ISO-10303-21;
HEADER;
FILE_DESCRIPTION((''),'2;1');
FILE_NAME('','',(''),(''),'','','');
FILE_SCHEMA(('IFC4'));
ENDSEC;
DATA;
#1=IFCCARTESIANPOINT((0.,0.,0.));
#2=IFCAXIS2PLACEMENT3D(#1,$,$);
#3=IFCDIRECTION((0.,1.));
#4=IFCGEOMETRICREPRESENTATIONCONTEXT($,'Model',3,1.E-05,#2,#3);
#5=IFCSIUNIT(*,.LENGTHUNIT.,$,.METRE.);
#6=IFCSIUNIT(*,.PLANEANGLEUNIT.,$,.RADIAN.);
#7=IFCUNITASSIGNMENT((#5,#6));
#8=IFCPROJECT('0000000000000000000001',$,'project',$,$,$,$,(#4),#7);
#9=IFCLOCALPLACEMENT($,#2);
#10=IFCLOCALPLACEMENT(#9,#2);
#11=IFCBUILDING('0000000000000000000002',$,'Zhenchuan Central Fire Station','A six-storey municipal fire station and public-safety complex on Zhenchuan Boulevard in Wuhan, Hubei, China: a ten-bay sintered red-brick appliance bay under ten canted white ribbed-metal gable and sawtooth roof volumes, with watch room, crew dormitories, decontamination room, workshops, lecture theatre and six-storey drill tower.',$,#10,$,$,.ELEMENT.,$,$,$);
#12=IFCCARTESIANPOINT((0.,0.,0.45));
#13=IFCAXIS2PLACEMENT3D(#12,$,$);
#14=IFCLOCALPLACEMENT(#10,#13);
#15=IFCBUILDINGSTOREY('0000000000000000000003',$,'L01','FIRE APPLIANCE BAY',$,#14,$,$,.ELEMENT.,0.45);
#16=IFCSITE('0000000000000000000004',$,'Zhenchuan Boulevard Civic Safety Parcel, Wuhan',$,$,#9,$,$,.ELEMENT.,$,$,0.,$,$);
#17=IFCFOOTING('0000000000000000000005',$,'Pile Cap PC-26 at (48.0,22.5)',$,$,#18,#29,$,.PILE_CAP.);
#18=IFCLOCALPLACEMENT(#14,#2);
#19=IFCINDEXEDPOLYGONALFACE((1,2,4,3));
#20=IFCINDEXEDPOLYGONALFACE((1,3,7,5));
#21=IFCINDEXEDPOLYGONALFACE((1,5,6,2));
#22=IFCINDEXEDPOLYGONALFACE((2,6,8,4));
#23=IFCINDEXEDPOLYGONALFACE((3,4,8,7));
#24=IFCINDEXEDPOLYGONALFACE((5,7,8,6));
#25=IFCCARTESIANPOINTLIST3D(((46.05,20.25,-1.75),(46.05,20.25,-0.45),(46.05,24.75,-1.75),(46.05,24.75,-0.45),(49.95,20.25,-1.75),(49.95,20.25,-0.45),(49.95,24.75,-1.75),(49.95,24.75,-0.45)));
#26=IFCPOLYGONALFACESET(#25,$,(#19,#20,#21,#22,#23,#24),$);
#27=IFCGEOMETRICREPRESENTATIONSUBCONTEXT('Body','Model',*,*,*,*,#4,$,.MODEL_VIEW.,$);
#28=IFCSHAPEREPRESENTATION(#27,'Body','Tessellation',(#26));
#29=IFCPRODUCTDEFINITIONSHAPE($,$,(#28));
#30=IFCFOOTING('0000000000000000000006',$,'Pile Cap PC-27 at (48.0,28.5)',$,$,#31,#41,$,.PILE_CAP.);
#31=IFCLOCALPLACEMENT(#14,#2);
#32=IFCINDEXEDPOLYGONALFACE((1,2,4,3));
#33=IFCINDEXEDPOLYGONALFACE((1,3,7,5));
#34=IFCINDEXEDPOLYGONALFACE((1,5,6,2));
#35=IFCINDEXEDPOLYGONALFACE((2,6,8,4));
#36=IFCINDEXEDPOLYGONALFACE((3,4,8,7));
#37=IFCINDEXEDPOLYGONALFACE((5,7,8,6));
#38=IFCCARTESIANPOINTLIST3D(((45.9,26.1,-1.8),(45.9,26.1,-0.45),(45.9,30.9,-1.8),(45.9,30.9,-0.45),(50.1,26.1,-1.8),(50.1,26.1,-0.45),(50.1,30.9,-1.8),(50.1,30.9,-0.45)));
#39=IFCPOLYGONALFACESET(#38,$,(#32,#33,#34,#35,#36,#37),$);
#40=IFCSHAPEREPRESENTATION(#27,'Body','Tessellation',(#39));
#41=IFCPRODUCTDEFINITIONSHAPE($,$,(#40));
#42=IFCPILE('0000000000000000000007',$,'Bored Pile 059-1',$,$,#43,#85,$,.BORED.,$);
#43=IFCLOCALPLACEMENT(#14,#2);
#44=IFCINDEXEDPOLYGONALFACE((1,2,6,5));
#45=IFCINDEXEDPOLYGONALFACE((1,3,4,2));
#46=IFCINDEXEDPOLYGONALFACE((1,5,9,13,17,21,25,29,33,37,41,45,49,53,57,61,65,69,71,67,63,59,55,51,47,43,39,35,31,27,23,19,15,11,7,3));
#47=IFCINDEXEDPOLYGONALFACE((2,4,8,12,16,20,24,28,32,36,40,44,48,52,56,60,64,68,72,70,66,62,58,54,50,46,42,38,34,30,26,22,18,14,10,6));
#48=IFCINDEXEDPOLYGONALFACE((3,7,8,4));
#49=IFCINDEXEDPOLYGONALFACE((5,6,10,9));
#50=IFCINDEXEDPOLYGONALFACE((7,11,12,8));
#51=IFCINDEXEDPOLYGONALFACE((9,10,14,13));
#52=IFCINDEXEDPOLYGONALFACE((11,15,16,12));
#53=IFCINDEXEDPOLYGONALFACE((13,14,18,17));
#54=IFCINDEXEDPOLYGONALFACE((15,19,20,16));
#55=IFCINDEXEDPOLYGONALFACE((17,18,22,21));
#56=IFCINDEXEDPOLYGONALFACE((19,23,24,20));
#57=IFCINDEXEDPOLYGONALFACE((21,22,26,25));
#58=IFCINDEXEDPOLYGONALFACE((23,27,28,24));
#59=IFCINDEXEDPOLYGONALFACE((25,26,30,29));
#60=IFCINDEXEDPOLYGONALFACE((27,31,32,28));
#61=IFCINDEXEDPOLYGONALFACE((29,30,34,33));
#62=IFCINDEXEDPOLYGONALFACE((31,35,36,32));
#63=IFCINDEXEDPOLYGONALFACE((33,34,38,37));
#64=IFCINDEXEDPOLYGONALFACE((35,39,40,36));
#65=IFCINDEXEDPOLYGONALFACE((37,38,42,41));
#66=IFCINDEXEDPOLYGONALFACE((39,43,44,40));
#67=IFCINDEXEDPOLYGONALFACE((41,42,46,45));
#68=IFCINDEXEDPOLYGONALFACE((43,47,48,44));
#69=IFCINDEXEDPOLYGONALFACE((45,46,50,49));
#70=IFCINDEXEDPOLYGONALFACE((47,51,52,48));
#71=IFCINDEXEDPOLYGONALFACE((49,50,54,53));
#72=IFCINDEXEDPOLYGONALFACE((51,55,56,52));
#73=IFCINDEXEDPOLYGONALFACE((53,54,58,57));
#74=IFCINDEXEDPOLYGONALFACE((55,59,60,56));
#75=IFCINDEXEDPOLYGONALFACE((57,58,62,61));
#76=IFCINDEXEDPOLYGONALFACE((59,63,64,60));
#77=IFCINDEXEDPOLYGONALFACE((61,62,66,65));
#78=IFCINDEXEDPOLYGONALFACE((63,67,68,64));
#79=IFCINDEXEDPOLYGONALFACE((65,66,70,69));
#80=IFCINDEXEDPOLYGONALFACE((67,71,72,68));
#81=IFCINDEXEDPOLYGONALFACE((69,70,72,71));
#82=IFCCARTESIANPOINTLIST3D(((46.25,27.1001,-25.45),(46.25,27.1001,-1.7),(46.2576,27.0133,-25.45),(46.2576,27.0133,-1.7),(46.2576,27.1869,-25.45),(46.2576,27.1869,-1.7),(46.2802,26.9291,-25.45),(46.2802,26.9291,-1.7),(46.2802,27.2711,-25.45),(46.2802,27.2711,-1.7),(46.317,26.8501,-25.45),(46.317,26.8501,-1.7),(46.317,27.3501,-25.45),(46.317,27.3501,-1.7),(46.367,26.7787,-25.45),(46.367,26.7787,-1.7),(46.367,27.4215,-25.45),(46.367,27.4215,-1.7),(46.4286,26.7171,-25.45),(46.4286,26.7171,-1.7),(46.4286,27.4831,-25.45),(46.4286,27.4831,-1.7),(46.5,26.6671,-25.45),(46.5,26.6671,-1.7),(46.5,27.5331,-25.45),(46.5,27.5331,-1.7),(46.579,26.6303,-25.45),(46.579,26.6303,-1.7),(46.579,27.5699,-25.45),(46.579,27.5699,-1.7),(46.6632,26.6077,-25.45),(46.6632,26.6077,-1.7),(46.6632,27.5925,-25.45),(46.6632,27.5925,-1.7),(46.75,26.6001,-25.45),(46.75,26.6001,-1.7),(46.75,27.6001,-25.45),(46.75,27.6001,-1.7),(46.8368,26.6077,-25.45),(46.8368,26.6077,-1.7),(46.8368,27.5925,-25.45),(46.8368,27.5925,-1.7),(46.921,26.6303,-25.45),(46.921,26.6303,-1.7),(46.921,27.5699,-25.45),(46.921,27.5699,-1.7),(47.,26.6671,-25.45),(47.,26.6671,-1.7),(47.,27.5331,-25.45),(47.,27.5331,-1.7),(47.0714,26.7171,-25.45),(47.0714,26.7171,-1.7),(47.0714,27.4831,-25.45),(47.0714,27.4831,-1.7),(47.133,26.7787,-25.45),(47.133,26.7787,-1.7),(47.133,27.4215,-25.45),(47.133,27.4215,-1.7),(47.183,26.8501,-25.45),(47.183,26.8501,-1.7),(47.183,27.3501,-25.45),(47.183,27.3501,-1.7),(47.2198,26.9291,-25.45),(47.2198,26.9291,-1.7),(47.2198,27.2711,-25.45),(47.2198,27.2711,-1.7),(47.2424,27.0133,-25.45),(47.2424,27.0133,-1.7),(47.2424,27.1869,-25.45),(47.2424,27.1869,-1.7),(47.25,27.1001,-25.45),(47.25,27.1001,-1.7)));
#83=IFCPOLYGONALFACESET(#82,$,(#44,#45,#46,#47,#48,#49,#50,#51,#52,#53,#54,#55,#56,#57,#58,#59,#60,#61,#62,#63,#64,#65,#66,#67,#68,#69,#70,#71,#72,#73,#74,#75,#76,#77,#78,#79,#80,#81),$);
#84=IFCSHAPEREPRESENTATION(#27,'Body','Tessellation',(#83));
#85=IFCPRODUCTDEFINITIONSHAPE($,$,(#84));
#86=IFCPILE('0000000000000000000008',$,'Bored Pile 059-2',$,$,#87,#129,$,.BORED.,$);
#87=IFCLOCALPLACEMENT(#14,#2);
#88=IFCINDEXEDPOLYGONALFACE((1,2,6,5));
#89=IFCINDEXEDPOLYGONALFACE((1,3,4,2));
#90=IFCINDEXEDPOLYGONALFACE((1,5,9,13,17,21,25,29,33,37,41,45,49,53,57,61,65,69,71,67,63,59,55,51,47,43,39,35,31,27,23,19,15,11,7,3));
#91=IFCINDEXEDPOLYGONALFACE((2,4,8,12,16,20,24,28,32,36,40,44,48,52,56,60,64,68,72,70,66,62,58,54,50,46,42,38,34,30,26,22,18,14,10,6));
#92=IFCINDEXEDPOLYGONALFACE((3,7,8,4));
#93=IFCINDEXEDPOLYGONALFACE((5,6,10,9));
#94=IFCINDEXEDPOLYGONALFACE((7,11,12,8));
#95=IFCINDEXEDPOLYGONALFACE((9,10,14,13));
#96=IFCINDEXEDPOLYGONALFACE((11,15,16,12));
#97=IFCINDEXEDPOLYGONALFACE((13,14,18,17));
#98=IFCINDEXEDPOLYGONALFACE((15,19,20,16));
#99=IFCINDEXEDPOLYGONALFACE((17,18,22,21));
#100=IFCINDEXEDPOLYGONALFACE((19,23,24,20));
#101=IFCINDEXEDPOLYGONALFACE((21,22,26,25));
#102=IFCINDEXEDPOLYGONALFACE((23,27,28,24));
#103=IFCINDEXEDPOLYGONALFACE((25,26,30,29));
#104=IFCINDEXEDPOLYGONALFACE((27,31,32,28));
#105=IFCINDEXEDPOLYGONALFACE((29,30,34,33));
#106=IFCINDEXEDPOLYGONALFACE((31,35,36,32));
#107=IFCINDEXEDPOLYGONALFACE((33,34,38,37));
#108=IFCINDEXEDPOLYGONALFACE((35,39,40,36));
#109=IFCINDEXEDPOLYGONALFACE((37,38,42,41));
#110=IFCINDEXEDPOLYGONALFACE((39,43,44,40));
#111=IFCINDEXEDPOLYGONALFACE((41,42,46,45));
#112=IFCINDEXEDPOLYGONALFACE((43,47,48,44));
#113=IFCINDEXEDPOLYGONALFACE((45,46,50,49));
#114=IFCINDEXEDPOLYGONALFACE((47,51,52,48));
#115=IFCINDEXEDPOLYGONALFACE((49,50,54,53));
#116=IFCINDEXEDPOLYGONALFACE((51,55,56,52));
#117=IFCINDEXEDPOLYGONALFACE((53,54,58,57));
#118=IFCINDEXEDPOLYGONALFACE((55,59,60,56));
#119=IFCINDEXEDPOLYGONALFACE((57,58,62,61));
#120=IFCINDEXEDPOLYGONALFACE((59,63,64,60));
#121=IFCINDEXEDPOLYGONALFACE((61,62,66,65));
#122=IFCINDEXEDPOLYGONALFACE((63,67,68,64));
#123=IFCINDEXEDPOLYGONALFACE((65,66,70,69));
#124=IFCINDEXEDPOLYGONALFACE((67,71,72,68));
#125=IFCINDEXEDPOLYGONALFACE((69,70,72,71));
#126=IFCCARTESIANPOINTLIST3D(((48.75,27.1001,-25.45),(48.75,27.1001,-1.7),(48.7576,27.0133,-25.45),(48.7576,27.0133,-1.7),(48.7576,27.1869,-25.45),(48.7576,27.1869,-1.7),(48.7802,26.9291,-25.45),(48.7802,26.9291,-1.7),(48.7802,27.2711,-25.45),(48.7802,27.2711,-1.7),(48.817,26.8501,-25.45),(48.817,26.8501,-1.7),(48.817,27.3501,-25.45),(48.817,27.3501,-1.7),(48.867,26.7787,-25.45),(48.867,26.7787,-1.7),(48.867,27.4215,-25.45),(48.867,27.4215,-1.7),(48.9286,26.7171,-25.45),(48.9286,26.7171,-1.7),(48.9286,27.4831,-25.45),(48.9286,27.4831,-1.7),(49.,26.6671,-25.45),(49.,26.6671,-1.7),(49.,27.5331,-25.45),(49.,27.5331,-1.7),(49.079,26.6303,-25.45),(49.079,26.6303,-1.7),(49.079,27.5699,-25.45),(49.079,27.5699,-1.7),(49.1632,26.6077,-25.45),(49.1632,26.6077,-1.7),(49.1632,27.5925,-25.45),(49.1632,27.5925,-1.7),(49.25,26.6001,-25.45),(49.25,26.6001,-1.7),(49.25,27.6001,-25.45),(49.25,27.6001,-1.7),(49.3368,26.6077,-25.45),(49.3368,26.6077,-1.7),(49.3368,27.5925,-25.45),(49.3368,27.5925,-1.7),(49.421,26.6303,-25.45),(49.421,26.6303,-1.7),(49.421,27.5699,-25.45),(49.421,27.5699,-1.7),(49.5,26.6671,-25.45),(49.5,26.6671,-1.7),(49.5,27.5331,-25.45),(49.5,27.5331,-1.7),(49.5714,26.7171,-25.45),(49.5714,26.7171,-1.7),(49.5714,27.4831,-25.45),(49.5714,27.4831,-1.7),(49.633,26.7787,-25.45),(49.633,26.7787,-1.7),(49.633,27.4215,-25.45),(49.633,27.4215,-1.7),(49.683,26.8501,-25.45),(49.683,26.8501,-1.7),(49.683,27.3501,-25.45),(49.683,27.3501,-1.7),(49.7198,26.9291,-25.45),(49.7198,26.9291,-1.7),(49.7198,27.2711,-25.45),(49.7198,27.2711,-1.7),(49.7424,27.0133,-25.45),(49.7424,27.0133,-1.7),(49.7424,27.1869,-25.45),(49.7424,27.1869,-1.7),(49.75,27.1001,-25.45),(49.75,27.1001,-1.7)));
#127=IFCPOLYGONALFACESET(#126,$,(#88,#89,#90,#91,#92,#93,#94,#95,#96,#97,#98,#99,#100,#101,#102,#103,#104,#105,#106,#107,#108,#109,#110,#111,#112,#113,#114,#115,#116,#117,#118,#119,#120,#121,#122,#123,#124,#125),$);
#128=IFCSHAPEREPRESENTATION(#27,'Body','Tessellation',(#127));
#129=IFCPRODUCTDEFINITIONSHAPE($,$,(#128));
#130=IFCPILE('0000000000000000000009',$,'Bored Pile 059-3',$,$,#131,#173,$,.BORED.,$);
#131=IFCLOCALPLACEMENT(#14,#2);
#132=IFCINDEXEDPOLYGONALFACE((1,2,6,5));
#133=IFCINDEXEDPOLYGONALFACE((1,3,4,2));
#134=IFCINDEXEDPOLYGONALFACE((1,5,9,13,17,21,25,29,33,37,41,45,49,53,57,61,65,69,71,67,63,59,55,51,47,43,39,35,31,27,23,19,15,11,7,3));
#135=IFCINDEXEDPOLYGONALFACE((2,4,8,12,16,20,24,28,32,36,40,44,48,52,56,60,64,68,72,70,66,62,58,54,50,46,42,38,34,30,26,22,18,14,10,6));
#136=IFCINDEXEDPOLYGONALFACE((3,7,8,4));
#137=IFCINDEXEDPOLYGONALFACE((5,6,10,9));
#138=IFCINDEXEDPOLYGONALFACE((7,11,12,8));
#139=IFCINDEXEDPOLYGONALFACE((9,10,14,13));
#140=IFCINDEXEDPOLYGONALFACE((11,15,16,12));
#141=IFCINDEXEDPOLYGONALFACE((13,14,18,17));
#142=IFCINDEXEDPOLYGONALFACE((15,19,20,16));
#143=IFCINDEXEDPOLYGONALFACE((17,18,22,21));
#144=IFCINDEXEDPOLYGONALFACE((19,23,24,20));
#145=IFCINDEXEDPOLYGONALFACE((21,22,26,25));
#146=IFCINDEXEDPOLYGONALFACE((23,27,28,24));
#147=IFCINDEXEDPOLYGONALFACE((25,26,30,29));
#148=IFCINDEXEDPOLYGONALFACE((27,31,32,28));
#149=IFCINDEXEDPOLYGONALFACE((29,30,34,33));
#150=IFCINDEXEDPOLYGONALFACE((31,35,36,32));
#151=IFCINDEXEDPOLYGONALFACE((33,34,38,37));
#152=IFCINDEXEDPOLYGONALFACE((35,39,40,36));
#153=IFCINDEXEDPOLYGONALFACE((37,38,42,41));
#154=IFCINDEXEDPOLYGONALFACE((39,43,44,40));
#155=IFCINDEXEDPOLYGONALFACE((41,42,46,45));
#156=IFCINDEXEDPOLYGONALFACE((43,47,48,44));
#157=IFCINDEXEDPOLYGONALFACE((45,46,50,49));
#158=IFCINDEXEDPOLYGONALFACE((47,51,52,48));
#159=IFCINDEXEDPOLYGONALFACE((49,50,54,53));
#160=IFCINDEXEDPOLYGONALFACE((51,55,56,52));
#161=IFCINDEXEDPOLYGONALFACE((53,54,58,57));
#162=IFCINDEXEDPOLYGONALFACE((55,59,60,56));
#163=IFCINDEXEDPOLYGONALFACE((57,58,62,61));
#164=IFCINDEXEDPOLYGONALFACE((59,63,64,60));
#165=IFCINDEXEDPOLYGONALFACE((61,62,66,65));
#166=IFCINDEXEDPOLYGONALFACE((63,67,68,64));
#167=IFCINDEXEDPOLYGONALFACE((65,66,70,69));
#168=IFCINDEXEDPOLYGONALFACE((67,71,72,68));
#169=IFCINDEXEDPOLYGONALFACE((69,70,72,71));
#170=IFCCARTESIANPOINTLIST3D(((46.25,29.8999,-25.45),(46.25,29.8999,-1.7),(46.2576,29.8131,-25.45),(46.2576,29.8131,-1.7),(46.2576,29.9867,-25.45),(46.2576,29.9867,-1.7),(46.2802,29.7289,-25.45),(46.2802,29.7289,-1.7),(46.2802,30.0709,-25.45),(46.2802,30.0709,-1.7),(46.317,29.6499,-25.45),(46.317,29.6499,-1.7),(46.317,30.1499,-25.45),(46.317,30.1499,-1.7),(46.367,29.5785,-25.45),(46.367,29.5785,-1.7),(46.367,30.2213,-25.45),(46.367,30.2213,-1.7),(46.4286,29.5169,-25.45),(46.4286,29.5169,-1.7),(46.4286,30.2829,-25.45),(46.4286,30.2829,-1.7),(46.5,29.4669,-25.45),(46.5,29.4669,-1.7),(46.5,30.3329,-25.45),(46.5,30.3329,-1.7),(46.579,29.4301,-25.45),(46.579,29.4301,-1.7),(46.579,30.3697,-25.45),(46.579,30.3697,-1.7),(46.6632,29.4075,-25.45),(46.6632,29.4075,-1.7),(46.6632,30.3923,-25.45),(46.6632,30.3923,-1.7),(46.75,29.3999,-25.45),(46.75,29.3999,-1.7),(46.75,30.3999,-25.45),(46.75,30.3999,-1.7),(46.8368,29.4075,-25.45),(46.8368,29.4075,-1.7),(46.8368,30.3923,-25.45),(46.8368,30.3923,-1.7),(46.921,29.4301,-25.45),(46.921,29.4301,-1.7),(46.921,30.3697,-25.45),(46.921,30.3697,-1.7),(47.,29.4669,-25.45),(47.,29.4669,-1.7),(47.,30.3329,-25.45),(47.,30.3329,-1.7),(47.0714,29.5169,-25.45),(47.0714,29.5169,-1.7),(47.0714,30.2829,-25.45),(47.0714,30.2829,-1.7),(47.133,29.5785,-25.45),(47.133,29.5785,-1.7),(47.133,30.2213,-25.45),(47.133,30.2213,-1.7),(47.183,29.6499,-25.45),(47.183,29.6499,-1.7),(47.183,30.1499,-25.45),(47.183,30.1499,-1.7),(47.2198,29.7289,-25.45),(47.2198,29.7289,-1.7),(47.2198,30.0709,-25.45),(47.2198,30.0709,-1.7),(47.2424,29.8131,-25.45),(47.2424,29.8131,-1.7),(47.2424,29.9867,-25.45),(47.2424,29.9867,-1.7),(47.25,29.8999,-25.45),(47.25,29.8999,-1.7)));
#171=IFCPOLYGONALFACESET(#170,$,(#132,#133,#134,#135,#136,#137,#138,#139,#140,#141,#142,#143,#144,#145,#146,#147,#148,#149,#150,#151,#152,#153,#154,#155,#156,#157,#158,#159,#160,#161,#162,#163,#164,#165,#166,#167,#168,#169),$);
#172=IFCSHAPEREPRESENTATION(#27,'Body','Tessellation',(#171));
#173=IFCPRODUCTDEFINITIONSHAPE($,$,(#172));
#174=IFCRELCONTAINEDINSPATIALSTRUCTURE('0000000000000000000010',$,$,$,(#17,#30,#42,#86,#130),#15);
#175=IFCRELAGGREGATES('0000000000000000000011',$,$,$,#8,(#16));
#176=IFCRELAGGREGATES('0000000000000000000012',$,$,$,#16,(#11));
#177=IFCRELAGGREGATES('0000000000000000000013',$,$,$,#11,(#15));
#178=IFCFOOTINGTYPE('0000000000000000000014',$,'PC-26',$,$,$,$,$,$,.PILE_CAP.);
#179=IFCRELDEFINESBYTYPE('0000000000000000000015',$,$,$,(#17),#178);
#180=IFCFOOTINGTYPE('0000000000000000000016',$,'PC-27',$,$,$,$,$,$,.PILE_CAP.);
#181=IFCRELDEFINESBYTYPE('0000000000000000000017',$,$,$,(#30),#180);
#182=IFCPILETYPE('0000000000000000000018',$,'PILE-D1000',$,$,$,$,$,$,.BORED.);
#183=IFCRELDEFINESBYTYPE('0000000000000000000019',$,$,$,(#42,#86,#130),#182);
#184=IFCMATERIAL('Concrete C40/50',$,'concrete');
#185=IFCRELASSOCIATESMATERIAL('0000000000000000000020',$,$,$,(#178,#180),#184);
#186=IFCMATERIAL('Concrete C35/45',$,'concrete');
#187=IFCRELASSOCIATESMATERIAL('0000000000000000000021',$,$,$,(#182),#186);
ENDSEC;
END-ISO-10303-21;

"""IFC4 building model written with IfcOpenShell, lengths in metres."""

from ifc_helpers import new_model, si_unit, direction, frame, origin, origin_2d, place, context, subcontext, project, spatial, rectangle, circle, extrude, material, material_profile, profile_set, type_object, element, save


model = new_model("IFC4")

# Units and contexts
model_context = context("Model", 3, precision=1e-05, world=origin(), true_north=direction((0.0, 1.0)))
body_context = subcontext(model_context, "Body", "Model", "MODEL_VIEW")
ifc_project = project(units=[si_unit("LENGTHUNIT", "METRE"), si_unit("PLANEANGLEUNIT", "RADIAN")], contexts=[model_context])

# Site, building, storey
site_placement = place(None, origin())
site = spatial("IfcSite", under=ifc_project, at=site_placement, Name="Zhenchuan Boulevard Civic Safety Parcel, Wuhan", CompositionType="ELEMENT", RefElevation=0.0)
building_placement = place(site_placement, origin())
building = spatial("IfcBuilding", under=site, at=building_placement, Name="Zhenchuan Central Fire Station", Description="A six-storey municipal fire station and public-safety complex on Zhenchuan Boulevard in Wuhan, Hubei, China: a ten-bay sintered red-brick appliance bay under ten canted white ribbed-metal gable and sawtooth roof volumes, with watch room, crew dormitories, decontamination room, workshops, lecture theatre and six-storey drill tower.", CompositionType="ELEMENT")
storey_placement = place(building_placement, frame((0.0, 0.0, 0.45)))
storey = spatial("IfcBuildingStorey", under=building, at=storey_placement, Name="L01", Description="FIRE APPLIANCE BAY", CompositionType="ELEMENT", Elevation=0.45)

# Footings
ifc_material_1 = material(Name="Concrete C40/50", Category="concrete")
footing_type_1 = type_object("IfcFootingType", Name="PC-26", PredefinedType="PILE_CAP", material=ifc_material_1)
footing_1_placement = place(storey_placement, frame((48.0, 22.5, -1.75), z_axis=(0.0, 0.0, 1.0), x_axis=(1.0, 0.0, 0.0)))
element("IfcFooting", 1, at=footing_1_placement, inside=storey, type_object=footing_type_1, Name="Pile Cap PC-26 at (48.0,22.5)", PredefinedType="PILE_CAP", context=body_context, shape_type="SweptSolid", body=[
    extrude(rectangle(XDim=3.8999, YDim=4.5, at=origin_2d()), origin(), (0.0, 0.0, 1.0), 1.3),
])
footing_type_2 = type_object("IfcFootingType", Name="PC-27", PredefinedType="PILE_CAP", material=ifc_material_1)
footing_2_placement = place(storey_placement, frame((48.0, 28.5, -1.8), z_axis=(0.0, 0.0, 1.0), x_axis=(1.0, 0.0, 0.0)))
element("IfcFooting", 2, at=footing_2_placement, inside=storey, type_object=footing_type_2, Name="Pile Cap PC-27 at (48.0,28.5)", PredefinedType="PILE_CAP", context=body_context, shape_type="SweptSolid", body=[
    extrude(rectangle(XDim=4.2, YDim=4.8, at=origin_2d()), origin(), (0.0, 0.0, 1.0), 1.3501),
])

# Piles
ifc_material_2 = material(Name="Concrete C35/45", Category="concrete")
ifc_material_profile_1 = material_profile(ifc_material_2, circle(Radius=0.5, at=origin_2d()), Name="PILE D1000")
ifc_profile_set_1 = profile_set([ifc_material_profile_1], Name="Concrete C35/45")
pile_type_1 = type_object("IfcPileType", Name="PILE-D1000", PredefinedType="BORED", material=ifc_profile_set_1)
for number, where, z_axis, x_axis, name in (
    (3, (46.75, 27.1001, -1.7), (0.0, 0.0, -1.0), (1.0, 0.0, 0.0), "Bored Pile 059-1"),
    (4, (49.25, 27.1001, -1.7), (0.0, 0.0, -1.0), (1.0, 0.0, 0.0), "Bored Pile 059-2"),
    (5, (46.75, 29.8999, -1.7), (0.0, 0.0, -1.0), (1.0, 0.0, 0.0), "Bored Pile 059-3"),
):
    element("IfcPile", number, at=place(storey_placement, frame(where, z_axis=z_axis, x_axis=x_axis)), inside=storey, type_object=pile_type_1, Name=name, PredefinedType="BORED", context=body_context, shape_type="SweptSolid", body=[
        extrude(circle(Radius=0.5, at=origin_2d()), origin(), (0.0, 0.0, 1.0), 23.75),
    ])

save(model, "model.ifc")
